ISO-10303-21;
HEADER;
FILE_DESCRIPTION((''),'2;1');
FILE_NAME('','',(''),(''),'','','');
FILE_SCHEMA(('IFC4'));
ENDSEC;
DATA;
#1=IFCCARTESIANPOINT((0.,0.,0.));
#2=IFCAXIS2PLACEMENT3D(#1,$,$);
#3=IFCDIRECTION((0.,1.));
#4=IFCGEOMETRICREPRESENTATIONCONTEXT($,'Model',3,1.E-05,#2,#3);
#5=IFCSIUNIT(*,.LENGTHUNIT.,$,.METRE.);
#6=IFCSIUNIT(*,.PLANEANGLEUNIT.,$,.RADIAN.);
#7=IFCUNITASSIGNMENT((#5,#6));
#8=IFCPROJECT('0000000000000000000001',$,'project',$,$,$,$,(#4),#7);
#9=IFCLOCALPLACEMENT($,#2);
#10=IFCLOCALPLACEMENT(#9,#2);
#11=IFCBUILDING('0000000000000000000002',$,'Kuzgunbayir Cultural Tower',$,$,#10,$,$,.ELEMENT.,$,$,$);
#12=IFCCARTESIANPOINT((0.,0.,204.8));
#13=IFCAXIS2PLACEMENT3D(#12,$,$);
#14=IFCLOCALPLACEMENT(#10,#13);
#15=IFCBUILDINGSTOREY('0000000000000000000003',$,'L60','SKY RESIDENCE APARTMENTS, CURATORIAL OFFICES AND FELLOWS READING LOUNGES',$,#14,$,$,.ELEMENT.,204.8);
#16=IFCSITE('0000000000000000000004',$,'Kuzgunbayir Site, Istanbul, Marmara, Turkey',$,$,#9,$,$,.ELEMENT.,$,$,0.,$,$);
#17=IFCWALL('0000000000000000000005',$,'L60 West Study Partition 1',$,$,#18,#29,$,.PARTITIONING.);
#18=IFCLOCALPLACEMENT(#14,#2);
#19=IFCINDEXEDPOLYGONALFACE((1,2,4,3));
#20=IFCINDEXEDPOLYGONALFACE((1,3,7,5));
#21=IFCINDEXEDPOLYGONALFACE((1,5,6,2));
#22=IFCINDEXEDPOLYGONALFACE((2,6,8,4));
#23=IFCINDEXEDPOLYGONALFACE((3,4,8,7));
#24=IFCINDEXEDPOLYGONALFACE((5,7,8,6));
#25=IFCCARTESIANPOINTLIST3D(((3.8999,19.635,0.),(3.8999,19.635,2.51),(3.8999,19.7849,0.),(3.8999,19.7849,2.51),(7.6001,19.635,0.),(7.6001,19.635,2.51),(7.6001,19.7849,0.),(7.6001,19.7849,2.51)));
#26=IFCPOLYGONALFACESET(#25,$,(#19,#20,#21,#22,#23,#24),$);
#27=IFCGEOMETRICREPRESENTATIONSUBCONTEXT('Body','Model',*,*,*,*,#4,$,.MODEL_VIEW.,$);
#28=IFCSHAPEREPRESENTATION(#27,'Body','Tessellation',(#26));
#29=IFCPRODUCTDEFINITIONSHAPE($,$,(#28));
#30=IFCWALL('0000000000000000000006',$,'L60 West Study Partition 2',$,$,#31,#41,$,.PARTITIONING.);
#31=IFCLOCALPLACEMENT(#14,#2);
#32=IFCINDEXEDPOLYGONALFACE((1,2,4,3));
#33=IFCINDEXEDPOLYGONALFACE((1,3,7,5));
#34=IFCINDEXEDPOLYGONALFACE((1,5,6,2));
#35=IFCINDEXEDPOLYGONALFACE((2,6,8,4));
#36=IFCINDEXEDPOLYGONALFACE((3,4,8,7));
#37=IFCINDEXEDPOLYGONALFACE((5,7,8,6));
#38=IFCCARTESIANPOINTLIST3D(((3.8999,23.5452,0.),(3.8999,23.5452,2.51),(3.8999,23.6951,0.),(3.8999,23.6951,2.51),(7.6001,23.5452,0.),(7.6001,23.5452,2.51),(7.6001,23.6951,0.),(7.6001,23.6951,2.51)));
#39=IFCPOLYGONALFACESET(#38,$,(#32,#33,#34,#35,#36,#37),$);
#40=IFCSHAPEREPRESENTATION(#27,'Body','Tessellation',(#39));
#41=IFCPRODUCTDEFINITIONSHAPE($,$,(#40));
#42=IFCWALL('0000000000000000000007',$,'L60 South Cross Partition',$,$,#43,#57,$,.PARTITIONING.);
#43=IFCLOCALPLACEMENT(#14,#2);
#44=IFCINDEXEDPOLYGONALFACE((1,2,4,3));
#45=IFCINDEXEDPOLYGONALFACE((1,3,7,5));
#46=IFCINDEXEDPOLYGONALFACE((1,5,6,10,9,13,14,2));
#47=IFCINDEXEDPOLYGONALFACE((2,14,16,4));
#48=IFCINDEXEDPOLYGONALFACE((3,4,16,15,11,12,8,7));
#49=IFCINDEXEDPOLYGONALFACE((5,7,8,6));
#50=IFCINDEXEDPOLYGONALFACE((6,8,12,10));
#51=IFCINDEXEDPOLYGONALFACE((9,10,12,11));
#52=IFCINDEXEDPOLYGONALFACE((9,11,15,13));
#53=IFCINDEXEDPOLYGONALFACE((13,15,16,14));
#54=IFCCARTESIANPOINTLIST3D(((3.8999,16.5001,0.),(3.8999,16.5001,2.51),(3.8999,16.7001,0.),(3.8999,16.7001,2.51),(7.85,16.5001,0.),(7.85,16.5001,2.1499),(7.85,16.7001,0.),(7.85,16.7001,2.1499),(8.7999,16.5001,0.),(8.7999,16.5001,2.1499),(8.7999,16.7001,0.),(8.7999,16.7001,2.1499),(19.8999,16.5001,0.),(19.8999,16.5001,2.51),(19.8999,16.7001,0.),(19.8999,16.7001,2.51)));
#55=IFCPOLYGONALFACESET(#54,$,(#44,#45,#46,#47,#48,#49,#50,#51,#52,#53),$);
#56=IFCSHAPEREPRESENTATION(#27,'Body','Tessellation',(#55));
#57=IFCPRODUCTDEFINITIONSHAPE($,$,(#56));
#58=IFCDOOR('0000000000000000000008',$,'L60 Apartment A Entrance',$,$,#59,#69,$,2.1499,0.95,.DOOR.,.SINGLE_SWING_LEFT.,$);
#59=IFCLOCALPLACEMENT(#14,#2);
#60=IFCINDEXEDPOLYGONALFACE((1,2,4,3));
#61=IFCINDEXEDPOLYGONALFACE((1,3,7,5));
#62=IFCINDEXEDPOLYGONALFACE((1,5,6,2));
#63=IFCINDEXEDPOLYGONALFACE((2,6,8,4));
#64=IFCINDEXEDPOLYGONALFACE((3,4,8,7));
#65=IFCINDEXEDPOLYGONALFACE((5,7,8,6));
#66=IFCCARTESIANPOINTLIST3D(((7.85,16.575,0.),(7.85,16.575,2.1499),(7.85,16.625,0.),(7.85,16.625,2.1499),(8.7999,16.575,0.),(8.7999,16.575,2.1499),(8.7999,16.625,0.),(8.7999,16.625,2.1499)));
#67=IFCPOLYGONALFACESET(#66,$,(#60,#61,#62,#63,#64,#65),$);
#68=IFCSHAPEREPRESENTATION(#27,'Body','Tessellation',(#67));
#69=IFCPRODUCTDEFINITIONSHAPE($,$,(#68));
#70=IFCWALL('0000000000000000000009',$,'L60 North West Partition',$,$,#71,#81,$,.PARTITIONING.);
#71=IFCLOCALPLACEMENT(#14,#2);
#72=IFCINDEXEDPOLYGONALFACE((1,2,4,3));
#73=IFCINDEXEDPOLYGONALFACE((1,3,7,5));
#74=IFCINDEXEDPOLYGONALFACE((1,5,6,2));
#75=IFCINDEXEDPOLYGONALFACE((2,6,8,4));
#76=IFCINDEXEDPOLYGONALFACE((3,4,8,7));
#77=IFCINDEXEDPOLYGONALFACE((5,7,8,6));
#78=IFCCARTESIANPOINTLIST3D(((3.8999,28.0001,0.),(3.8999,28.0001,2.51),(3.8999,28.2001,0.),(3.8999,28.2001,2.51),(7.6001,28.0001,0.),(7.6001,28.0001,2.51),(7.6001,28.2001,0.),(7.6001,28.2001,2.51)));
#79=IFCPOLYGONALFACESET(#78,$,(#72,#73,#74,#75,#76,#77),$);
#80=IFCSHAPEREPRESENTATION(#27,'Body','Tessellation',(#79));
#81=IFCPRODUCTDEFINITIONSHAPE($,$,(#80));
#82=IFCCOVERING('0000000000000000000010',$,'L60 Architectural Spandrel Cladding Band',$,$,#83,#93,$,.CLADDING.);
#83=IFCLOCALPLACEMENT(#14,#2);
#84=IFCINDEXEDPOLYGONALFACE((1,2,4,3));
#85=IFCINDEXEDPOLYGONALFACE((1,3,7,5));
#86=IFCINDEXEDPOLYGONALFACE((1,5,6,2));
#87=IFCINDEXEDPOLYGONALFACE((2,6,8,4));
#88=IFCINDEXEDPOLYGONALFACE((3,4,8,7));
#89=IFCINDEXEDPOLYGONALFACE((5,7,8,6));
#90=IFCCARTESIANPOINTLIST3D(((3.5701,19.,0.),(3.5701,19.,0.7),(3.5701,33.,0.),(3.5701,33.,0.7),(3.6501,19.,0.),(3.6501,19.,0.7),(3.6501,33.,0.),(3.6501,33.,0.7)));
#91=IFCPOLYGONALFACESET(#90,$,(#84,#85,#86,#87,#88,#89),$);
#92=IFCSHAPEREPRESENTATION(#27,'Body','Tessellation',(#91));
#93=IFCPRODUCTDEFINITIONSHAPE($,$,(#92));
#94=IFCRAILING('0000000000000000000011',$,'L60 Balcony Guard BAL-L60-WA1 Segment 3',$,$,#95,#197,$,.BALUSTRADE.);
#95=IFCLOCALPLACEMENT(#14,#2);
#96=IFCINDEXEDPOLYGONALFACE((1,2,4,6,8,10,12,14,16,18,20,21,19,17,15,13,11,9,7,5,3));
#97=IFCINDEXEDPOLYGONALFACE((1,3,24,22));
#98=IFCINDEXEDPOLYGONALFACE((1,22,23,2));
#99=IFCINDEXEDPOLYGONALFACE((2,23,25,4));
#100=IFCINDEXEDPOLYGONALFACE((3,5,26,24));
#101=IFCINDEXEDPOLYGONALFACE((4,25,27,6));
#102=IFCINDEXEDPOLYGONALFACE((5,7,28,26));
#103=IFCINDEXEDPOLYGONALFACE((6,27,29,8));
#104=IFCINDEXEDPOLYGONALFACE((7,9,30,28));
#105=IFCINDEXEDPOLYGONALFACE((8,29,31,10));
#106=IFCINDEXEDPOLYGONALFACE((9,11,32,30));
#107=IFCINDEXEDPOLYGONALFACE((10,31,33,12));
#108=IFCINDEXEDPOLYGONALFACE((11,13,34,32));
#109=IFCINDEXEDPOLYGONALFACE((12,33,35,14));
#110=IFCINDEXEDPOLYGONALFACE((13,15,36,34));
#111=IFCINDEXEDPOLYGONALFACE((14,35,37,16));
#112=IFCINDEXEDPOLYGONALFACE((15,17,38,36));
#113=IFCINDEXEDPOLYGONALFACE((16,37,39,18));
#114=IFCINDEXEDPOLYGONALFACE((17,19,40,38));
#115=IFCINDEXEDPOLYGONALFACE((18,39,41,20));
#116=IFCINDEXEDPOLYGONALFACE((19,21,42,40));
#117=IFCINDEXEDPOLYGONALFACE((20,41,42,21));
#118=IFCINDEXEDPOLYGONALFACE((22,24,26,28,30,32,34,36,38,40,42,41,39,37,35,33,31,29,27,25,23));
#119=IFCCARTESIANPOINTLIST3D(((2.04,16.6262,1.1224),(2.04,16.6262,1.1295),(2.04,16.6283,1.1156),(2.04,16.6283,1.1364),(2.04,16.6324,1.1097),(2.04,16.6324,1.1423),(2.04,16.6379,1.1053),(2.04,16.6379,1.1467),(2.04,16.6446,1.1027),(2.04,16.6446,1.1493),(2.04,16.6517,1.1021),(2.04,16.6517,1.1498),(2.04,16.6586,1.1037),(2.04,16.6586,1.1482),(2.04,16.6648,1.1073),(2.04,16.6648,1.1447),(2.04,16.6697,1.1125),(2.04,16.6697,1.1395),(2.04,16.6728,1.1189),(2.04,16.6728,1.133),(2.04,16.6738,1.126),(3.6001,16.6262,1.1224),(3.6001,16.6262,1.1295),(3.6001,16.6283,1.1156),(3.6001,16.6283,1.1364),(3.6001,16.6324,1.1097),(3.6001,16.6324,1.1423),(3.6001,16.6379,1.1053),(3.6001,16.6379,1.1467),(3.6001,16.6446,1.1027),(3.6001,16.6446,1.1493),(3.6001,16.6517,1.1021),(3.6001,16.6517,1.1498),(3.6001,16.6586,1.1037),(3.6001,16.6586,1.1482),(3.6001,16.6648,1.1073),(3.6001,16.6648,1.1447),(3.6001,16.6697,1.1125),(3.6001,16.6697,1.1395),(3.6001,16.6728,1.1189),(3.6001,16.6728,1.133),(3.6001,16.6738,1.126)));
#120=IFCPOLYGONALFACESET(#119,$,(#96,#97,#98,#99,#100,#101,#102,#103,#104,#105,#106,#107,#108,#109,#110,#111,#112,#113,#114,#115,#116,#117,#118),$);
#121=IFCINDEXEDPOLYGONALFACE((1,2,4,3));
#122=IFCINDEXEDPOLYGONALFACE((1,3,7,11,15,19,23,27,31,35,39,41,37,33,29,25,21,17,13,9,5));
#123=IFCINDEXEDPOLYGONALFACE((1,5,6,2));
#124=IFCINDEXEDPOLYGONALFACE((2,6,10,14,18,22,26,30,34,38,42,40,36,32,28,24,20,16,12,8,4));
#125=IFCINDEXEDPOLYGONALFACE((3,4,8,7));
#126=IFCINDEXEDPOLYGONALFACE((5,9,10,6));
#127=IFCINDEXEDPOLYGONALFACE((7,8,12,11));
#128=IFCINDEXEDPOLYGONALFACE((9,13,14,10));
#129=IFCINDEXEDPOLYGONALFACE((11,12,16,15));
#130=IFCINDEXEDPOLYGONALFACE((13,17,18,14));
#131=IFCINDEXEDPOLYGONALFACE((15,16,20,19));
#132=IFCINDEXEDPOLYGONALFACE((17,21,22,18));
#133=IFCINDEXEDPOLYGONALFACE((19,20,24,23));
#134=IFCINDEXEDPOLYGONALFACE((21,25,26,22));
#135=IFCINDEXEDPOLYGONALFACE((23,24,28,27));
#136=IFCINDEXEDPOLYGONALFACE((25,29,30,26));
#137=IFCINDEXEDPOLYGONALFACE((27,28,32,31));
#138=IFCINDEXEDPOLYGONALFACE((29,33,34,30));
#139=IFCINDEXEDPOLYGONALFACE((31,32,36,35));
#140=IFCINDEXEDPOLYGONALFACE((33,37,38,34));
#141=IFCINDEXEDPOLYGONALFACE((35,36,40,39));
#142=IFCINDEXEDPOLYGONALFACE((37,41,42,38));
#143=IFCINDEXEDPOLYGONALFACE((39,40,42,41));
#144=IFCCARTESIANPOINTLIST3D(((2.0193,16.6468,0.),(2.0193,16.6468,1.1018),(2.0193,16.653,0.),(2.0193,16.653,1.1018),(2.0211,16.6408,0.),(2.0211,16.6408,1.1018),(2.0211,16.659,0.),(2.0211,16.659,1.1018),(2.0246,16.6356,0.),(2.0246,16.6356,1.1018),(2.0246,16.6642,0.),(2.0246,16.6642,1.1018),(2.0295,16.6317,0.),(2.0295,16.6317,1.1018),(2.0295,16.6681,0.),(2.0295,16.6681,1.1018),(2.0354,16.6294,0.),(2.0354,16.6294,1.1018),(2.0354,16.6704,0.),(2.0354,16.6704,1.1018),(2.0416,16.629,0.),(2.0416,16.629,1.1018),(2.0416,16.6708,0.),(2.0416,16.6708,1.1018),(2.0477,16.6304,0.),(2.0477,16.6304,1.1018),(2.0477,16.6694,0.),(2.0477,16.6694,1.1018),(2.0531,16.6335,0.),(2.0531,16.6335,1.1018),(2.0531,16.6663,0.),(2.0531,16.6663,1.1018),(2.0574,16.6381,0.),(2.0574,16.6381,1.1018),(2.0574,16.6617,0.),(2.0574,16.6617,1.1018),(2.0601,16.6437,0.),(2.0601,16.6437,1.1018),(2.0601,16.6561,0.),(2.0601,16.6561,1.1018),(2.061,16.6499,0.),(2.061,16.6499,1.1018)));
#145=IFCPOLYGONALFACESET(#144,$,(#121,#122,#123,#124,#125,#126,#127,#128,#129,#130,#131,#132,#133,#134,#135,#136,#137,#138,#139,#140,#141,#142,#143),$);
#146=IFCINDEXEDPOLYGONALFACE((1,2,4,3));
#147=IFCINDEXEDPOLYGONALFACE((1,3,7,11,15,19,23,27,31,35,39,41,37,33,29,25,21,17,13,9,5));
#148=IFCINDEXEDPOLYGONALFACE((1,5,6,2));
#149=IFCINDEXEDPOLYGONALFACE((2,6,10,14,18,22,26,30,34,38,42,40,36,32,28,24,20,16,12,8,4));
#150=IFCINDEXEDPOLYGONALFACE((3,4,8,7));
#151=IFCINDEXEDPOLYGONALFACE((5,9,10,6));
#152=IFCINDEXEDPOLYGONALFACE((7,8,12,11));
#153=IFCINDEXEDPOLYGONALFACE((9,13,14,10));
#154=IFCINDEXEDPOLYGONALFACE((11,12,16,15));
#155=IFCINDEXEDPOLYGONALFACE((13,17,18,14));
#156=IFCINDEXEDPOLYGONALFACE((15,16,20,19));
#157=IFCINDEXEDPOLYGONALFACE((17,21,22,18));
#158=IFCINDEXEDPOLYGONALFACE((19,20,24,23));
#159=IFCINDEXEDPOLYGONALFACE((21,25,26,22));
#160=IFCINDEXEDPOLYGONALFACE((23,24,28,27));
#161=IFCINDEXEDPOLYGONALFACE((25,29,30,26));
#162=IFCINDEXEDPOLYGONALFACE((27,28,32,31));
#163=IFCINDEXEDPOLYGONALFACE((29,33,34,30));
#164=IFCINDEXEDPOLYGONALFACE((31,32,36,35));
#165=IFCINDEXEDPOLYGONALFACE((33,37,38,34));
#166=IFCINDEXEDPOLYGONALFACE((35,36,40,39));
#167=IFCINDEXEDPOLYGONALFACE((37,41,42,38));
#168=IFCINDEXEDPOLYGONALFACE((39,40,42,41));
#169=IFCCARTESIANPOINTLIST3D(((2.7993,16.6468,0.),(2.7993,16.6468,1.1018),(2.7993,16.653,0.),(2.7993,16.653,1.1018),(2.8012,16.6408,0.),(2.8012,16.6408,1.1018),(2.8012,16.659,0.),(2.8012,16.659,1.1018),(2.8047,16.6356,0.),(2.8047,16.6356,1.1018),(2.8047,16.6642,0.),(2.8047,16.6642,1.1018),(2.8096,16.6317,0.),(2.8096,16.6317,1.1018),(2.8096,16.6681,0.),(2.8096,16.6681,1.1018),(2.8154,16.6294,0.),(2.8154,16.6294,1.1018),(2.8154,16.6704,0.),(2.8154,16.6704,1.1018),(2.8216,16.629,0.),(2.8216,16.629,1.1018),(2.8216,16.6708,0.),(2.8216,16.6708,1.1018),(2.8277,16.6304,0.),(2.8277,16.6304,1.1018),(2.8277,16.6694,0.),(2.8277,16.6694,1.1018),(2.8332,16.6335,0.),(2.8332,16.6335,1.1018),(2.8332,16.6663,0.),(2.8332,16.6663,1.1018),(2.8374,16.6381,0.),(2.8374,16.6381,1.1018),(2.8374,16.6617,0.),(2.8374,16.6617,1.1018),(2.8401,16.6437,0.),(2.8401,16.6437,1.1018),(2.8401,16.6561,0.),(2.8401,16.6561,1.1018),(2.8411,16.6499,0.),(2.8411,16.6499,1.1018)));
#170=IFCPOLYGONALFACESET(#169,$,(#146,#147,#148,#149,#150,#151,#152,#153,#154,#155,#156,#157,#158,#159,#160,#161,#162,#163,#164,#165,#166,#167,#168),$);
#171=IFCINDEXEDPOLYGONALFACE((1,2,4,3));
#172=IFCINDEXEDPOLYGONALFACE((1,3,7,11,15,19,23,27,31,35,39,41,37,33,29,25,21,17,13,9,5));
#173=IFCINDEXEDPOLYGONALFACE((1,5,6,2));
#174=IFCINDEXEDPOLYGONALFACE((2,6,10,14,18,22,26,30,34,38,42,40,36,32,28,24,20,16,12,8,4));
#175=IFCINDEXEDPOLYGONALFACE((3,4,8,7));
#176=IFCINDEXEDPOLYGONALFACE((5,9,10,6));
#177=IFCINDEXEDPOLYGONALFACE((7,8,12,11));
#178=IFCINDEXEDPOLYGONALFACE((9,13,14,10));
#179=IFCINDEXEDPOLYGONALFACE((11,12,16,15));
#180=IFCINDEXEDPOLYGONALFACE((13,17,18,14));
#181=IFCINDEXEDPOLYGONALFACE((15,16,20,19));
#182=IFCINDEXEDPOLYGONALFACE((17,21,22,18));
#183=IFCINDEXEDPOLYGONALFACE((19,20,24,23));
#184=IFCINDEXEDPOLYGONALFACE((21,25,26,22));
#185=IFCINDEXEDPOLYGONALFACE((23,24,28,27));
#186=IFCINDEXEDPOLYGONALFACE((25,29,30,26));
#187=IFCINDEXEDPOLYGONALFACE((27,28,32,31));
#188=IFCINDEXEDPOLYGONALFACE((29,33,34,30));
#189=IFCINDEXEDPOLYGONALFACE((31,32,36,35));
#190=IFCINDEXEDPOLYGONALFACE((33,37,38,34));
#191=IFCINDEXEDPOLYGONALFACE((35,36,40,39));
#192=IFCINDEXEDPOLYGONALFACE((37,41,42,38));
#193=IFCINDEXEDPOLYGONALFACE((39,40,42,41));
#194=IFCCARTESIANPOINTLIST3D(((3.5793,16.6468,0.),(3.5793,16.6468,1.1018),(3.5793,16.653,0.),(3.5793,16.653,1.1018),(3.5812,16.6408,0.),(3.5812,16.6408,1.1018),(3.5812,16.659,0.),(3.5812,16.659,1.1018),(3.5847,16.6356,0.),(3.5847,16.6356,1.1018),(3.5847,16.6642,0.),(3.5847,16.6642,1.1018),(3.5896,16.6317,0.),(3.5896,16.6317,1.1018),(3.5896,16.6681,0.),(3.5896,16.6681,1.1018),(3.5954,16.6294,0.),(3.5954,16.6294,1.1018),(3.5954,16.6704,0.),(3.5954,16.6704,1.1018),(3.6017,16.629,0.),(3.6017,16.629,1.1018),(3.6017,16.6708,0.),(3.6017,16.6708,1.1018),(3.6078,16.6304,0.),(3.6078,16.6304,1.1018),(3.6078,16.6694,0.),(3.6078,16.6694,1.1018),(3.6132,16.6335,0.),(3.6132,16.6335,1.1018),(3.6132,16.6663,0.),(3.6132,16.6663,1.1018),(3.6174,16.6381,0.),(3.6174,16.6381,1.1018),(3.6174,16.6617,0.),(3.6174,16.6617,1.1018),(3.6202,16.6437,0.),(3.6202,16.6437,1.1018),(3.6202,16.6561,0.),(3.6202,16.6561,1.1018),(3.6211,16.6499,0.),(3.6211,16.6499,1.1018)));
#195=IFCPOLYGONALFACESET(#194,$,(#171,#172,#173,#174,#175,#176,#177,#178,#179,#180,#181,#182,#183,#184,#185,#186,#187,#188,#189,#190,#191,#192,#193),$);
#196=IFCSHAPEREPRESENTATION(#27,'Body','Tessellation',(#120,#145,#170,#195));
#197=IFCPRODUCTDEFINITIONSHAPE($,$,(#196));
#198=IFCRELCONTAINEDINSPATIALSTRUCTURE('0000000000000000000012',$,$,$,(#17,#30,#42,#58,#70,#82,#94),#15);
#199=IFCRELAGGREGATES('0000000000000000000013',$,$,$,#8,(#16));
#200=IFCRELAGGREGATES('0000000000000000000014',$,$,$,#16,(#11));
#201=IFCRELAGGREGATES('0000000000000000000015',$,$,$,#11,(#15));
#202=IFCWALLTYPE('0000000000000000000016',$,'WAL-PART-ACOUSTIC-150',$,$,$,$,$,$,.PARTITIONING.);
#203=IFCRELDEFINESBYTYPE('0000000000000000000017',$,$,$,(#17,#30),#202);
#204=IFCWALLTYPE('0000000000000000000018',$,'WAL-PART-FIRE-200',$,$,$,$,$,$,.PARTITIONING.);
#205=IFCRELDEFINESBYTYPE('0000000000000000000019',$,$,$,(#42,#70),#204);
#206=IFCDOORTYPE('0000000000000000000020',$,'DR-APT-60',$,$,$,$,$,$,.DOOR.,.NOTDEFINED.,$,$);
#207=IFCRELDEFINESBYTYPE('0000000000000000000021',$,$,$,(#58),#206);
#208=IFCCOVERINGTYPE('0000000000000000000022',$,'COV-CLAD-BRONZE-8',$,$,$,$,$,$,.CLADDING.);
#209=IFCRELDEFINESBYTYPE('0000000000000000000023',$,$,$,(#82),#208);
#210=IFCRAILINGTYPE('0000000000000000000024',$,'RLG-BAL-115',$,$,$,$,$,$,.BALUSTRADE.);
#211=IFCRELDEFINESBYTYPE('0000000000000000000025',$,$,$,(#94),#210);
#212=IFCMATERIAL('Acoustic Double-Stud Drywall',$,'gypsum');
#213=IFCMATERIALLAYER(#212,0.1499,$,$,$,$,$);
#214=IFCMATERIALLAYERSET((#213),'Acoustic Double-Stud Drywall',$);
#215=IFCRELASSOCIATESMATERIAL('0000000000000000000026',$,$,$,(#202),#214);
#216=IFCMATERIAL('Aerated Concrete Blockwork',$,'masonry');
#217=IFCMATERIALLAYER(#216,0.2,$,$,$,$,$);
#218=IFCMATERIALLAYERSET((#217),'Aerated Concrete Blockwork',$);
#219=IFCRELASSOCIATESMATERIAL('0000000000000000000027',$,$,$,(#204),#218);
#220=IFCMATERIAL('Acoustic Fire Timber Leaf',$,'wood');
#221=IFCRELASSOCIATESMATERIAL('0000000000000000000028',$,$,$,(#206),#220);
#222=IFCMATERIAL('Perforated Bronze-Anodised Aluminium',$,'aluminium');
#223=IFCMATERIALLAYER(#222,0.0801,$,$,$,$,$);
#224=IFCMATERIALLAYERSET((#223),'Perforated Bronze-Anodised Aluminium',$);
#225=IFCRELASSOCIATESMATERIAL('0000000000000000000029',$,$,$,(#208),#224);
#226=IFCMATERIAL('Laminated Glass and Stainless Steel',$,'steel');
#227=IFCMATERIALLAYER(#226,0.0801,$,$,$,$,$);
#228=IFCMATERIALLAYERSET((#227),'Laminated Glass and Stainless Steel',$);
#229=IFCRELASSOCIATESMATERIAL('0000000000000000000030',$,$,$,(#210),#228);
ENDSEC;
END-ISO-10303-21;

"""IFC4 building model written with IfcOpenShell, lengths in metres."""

from ifc_helpers import new_model, si_unit, direction, frame, frame_2d, origin, origin_2d, place, context, subcontext, project, spatial, rectangle, circle, extrude, material, layer, layer_set, type_object, element, fill, save


model = new_model("IFC4")

# Units and contexts
model_context = context("Model", 3, precision=1e-05, world=origin(), true_north=direction((0.0, 1.0)))
body_context = subcontext(model_context, "Body", "Model", "MODEL_VIEW")
ifc_project = project(units=[si_unit("LENGTHUNIT", "METRE"), si_unit("PLANEANGLEUNIT", "RADIAN")], contexts=[model_context])

# Site, building, storey
site_placement = place(None, origin())
site = spatial("IfcSite", under=ifc_project, at=site_placement, Name="Kuzgunbayir Site, Istanbul, Marmara, Turkey", CompositionType="ELEMENT", RefElevation=0.0)
building_placement = place(site_placement, origin())
building = spatial("IfcBuilding", under=site, at=building_placement, Name="Kuzgunbayir Cultural Tower", CompositionType="ELEMENT")
storey_placement = place(building_placement, frame((0.0, 0.0, 204.8)))
storey = spatial("IfcBuildingStorey", under=building, at=storey_placement, Name="L60", Description="SKY RESIDENCE APARTMENTS, CURATORIAL OFFICES AND FELLOWS READING LOUNGES", CompositionType="ELEMENT", Elevation=204.8)

# Walls
ifc_material_1 = material(Name="Acoustic Double-Stud Drywall", Category="gypsum")
ifc_layer_1 = layer(ifc_material_1, 0.1499)
ifc_layer_set_1 = layer_set([ifc_layer_1], Name="Acoustic Double-Stud Drywall")
wall_type_1 = type_object("IfcWallType", Name="WAL-PART-ACOUSTIC-150", PredefinedType="PARTITIONING", material=ifc_layer_set_1)
for number, where, z_axis, x_axis, name in (
    (1, (3.8999, 19.71, 0.0), (0.0, 0.0, 1.0), (1.0, 0.0, 0.0), "L60 West Study Partition 1"),
    (2, (3.8999, 23.6201, 0.0), (0.0, 0.0, 1.0), (1.0, 0.0, 0.0), "L60 West Study Partition 2"),
):
    element("IfcWall", number, at=place(storey_placement, frame(where, z_axis=z_axis, x_axis=x_axis)), inside=storey, type_object=wall_type_1, Name=name, PredefinedType="PARTITIONING", context=body_context, shape_type="SweptSolid", body=[
        extrude(rectangle(XDim=3.7002, YDim=0.1499, at=frame_2d((1.8501, 0.0))), origin(), (0.0, 0.0, 1.0), 2.51),
    ])

# Wall, opening, door
ifc_material_2 = material(Name="Aerated Concrete Blockwork", Category="masonry")
ifc_layer_2 = layer(ifc_material_2, 0.2)
ifc_layer_set_2 = layer_set([ifc_layer_2], Name="Aerated Concrete Blockwork")
wall_type_2 = type_object("IfcWallType", Name="WAL-PART-FIRE-200", PredefinedType="PARTITIONING", material=ifc_layer_set_2)
wall_1_placement = place(storey_placement, frame((3.8999, 16.6001, 0.0), z_axis=(0.0, 0.0, 1.0), x_axis=(1.0, 0.0, 0.0)))
wall_1 = element("IfcWall", 3, at=wall_1_placement, inside=storey, type_object=wall_type_2, Name="L60 South Cross Partition", PredefinedType="PARTITIONING", context=body_context, shape_type="SweptSolid", body=[
    extrude(rectangle(XDim=16.0, YDim=0.2, at=frame_2d((8.0, 0.0))), origin(), (0.0, 0.0, 1.0), 2.51),
])
opening_placement = place(wall_1_placement, frame((3.95, 0.0, 0.0)))
opening = element("IfcOpeningElement", 4, at=opening_placement, cuts=wall_1, PredefinedType="OPENING", context=body_context, shape_type="SweptSolid", body=[
    extrude(rectangle(XDim=0.95, YDim=2.1499, at=frame_2d((0.4751, 1.075))), frame((0.0, 0.1099, 0.0), z_axis=(0.0, -1.0, 0.0), x_axis=(1.0, 0.0, 0.0)), (0.0, 0.0, 1.0), 0.22),
])
ifc_material_3 = material(Name="Acoustic Fire Timber Leaf", Category="wood")
door_type = type_object("IfcDoorType", Name="DR-APT-60", OperationType="NOTDEFINED", PredefinedType="DOOR", material=ifc_material_3)
door_placement = place(opening_placement, origin())
door = element("IfcDoor", 5, at=door_placement, inside=storey, type_object=door_type, Name="L60 Apartment A Entrance", OperationType="SINGLE_SWING_LEFT", OverallHeight=2.1499, OverallWidth=0.95, PredefinedType="DOOR", context=body_context, shape_type="SweptSolid", body=[
    extrude(rectangle(XDim=0.95, YDim=2.1499, at=frame_2d((0.4751, 1.075))), frame((0.0, 0.0249, 0.0), z_axis=(0.0, -1.0, 0.0), x_axis=(1.0, 0.0, 0.0)), (0.0, 0.0, 1.0), 0.05),
])
fill(opening, door)

# Wall
wall_2_placement = place(storey_placement, frame((3.8999, 28.1001, 0.0), z_axis=(0.0, 0.0, 1.0), x_axis=(1.0, 0.0, 0.0)))
element("IfcWall", 6, at=wall_2_placement, inside=storey, type_object=wall_type_2, Name="L60 North West Partition", PredefinedType="PARTITIONING", context=body_context, shape_type="SweptSolid", body=[
    extrude(rectangle(XDim=3.7002, YDim=0.2, at=frame_2d((1.8501, 0.0))), origin(), (0.0, 0.0, 1.0), 2.51),
])

# Covering
ifc_material_4 = material(Name="Perforated Bronze-Anodised Aluminium", Category="aluminium")
ifc_layer_3 = layer(ifc_material_4, 0.0801)
ifc_layer_set_3 = layer_set([ifc_layer_3], Name="Perforated Bronze-Anodised Aluminium")
covering_type = type_object("IfcCoveringType", Name="COV-CLAD-BRONZE-8", PredefinedType="CLADDING", material=ifc_layer_set_3)
covering_placement = place(storey_placement, frame((3.6101, 26.0, 0.0), z_axis=(0.0, 0.0, 1.0), x_axis=(1.0, 0.0, 0.0)))
element("IfcCovering", 7, at=covering_placement, inside=storey, type_object=covering_type, Name="L60 Architectural Spandrel Cladding Band", PredefinedType="CLADDING", context=body_context, shape_type="SweptSolid", body=[
    extrude(rectangle(XDim=0.0801, YDim=14.0, at=origin_2d()), origin(), (0.0, 0.0, 1.0), 0.7),
])

# Railing
ifc_material_5 = material(Name="Laminated Glass and Stainless Steel", Category="steel")
ifc_layer_4 = layer(ifc_material_5, 0.0801)
ifc_layer_set_4 = layer_set([ifc_layer_4], Name="Laminated Glass and Stainless Steel")
railing_type = type_object("IfcRailingType", Name="RLG-BAL-115", PredefinedType="BALUSTRADE", material=ifc_layer_set_4)
railing_1_placement = place(storey_placement, frame((2.04, 16.6499, 0.0)))
element("IfcRailing", 8, at=railing_1_placement, inside=storey, type_object=railing_type, Name="L60 Balcony Guard BAL-L60-WA1 Segment 3", PredefinedType="BALUSTRADE", context=body_context, shape_type="SweptSolid", body=[
    extrude(circle(Radius=0.0239, at=origin_2d()), frame((0.0, 0.0, 1.126), z_axis=(1.0, 0.0, 0.0), x_axis=(0.0, 1.0, 0.0)), (0.0, 0.0, 1.0), 1.5601),
    extrude(circle(Radius=0.021, at=origin_2d()), origin(), (0.0, 0.0, 1.0), 1.1018),
    extrude(circle(Radius=0.021, at=origin_2d()), frame((0.78, 0.0, 0.0)), (0.0, 0.0, 1.0), 1.1018),
    extrude(circle(Radius=0.021, at=origin_2d()), frame((1.5601, 0.0, 0.0)), (0.0, 0.0, 1.0), 1.1018),
])

save(model, "model.ifc")
